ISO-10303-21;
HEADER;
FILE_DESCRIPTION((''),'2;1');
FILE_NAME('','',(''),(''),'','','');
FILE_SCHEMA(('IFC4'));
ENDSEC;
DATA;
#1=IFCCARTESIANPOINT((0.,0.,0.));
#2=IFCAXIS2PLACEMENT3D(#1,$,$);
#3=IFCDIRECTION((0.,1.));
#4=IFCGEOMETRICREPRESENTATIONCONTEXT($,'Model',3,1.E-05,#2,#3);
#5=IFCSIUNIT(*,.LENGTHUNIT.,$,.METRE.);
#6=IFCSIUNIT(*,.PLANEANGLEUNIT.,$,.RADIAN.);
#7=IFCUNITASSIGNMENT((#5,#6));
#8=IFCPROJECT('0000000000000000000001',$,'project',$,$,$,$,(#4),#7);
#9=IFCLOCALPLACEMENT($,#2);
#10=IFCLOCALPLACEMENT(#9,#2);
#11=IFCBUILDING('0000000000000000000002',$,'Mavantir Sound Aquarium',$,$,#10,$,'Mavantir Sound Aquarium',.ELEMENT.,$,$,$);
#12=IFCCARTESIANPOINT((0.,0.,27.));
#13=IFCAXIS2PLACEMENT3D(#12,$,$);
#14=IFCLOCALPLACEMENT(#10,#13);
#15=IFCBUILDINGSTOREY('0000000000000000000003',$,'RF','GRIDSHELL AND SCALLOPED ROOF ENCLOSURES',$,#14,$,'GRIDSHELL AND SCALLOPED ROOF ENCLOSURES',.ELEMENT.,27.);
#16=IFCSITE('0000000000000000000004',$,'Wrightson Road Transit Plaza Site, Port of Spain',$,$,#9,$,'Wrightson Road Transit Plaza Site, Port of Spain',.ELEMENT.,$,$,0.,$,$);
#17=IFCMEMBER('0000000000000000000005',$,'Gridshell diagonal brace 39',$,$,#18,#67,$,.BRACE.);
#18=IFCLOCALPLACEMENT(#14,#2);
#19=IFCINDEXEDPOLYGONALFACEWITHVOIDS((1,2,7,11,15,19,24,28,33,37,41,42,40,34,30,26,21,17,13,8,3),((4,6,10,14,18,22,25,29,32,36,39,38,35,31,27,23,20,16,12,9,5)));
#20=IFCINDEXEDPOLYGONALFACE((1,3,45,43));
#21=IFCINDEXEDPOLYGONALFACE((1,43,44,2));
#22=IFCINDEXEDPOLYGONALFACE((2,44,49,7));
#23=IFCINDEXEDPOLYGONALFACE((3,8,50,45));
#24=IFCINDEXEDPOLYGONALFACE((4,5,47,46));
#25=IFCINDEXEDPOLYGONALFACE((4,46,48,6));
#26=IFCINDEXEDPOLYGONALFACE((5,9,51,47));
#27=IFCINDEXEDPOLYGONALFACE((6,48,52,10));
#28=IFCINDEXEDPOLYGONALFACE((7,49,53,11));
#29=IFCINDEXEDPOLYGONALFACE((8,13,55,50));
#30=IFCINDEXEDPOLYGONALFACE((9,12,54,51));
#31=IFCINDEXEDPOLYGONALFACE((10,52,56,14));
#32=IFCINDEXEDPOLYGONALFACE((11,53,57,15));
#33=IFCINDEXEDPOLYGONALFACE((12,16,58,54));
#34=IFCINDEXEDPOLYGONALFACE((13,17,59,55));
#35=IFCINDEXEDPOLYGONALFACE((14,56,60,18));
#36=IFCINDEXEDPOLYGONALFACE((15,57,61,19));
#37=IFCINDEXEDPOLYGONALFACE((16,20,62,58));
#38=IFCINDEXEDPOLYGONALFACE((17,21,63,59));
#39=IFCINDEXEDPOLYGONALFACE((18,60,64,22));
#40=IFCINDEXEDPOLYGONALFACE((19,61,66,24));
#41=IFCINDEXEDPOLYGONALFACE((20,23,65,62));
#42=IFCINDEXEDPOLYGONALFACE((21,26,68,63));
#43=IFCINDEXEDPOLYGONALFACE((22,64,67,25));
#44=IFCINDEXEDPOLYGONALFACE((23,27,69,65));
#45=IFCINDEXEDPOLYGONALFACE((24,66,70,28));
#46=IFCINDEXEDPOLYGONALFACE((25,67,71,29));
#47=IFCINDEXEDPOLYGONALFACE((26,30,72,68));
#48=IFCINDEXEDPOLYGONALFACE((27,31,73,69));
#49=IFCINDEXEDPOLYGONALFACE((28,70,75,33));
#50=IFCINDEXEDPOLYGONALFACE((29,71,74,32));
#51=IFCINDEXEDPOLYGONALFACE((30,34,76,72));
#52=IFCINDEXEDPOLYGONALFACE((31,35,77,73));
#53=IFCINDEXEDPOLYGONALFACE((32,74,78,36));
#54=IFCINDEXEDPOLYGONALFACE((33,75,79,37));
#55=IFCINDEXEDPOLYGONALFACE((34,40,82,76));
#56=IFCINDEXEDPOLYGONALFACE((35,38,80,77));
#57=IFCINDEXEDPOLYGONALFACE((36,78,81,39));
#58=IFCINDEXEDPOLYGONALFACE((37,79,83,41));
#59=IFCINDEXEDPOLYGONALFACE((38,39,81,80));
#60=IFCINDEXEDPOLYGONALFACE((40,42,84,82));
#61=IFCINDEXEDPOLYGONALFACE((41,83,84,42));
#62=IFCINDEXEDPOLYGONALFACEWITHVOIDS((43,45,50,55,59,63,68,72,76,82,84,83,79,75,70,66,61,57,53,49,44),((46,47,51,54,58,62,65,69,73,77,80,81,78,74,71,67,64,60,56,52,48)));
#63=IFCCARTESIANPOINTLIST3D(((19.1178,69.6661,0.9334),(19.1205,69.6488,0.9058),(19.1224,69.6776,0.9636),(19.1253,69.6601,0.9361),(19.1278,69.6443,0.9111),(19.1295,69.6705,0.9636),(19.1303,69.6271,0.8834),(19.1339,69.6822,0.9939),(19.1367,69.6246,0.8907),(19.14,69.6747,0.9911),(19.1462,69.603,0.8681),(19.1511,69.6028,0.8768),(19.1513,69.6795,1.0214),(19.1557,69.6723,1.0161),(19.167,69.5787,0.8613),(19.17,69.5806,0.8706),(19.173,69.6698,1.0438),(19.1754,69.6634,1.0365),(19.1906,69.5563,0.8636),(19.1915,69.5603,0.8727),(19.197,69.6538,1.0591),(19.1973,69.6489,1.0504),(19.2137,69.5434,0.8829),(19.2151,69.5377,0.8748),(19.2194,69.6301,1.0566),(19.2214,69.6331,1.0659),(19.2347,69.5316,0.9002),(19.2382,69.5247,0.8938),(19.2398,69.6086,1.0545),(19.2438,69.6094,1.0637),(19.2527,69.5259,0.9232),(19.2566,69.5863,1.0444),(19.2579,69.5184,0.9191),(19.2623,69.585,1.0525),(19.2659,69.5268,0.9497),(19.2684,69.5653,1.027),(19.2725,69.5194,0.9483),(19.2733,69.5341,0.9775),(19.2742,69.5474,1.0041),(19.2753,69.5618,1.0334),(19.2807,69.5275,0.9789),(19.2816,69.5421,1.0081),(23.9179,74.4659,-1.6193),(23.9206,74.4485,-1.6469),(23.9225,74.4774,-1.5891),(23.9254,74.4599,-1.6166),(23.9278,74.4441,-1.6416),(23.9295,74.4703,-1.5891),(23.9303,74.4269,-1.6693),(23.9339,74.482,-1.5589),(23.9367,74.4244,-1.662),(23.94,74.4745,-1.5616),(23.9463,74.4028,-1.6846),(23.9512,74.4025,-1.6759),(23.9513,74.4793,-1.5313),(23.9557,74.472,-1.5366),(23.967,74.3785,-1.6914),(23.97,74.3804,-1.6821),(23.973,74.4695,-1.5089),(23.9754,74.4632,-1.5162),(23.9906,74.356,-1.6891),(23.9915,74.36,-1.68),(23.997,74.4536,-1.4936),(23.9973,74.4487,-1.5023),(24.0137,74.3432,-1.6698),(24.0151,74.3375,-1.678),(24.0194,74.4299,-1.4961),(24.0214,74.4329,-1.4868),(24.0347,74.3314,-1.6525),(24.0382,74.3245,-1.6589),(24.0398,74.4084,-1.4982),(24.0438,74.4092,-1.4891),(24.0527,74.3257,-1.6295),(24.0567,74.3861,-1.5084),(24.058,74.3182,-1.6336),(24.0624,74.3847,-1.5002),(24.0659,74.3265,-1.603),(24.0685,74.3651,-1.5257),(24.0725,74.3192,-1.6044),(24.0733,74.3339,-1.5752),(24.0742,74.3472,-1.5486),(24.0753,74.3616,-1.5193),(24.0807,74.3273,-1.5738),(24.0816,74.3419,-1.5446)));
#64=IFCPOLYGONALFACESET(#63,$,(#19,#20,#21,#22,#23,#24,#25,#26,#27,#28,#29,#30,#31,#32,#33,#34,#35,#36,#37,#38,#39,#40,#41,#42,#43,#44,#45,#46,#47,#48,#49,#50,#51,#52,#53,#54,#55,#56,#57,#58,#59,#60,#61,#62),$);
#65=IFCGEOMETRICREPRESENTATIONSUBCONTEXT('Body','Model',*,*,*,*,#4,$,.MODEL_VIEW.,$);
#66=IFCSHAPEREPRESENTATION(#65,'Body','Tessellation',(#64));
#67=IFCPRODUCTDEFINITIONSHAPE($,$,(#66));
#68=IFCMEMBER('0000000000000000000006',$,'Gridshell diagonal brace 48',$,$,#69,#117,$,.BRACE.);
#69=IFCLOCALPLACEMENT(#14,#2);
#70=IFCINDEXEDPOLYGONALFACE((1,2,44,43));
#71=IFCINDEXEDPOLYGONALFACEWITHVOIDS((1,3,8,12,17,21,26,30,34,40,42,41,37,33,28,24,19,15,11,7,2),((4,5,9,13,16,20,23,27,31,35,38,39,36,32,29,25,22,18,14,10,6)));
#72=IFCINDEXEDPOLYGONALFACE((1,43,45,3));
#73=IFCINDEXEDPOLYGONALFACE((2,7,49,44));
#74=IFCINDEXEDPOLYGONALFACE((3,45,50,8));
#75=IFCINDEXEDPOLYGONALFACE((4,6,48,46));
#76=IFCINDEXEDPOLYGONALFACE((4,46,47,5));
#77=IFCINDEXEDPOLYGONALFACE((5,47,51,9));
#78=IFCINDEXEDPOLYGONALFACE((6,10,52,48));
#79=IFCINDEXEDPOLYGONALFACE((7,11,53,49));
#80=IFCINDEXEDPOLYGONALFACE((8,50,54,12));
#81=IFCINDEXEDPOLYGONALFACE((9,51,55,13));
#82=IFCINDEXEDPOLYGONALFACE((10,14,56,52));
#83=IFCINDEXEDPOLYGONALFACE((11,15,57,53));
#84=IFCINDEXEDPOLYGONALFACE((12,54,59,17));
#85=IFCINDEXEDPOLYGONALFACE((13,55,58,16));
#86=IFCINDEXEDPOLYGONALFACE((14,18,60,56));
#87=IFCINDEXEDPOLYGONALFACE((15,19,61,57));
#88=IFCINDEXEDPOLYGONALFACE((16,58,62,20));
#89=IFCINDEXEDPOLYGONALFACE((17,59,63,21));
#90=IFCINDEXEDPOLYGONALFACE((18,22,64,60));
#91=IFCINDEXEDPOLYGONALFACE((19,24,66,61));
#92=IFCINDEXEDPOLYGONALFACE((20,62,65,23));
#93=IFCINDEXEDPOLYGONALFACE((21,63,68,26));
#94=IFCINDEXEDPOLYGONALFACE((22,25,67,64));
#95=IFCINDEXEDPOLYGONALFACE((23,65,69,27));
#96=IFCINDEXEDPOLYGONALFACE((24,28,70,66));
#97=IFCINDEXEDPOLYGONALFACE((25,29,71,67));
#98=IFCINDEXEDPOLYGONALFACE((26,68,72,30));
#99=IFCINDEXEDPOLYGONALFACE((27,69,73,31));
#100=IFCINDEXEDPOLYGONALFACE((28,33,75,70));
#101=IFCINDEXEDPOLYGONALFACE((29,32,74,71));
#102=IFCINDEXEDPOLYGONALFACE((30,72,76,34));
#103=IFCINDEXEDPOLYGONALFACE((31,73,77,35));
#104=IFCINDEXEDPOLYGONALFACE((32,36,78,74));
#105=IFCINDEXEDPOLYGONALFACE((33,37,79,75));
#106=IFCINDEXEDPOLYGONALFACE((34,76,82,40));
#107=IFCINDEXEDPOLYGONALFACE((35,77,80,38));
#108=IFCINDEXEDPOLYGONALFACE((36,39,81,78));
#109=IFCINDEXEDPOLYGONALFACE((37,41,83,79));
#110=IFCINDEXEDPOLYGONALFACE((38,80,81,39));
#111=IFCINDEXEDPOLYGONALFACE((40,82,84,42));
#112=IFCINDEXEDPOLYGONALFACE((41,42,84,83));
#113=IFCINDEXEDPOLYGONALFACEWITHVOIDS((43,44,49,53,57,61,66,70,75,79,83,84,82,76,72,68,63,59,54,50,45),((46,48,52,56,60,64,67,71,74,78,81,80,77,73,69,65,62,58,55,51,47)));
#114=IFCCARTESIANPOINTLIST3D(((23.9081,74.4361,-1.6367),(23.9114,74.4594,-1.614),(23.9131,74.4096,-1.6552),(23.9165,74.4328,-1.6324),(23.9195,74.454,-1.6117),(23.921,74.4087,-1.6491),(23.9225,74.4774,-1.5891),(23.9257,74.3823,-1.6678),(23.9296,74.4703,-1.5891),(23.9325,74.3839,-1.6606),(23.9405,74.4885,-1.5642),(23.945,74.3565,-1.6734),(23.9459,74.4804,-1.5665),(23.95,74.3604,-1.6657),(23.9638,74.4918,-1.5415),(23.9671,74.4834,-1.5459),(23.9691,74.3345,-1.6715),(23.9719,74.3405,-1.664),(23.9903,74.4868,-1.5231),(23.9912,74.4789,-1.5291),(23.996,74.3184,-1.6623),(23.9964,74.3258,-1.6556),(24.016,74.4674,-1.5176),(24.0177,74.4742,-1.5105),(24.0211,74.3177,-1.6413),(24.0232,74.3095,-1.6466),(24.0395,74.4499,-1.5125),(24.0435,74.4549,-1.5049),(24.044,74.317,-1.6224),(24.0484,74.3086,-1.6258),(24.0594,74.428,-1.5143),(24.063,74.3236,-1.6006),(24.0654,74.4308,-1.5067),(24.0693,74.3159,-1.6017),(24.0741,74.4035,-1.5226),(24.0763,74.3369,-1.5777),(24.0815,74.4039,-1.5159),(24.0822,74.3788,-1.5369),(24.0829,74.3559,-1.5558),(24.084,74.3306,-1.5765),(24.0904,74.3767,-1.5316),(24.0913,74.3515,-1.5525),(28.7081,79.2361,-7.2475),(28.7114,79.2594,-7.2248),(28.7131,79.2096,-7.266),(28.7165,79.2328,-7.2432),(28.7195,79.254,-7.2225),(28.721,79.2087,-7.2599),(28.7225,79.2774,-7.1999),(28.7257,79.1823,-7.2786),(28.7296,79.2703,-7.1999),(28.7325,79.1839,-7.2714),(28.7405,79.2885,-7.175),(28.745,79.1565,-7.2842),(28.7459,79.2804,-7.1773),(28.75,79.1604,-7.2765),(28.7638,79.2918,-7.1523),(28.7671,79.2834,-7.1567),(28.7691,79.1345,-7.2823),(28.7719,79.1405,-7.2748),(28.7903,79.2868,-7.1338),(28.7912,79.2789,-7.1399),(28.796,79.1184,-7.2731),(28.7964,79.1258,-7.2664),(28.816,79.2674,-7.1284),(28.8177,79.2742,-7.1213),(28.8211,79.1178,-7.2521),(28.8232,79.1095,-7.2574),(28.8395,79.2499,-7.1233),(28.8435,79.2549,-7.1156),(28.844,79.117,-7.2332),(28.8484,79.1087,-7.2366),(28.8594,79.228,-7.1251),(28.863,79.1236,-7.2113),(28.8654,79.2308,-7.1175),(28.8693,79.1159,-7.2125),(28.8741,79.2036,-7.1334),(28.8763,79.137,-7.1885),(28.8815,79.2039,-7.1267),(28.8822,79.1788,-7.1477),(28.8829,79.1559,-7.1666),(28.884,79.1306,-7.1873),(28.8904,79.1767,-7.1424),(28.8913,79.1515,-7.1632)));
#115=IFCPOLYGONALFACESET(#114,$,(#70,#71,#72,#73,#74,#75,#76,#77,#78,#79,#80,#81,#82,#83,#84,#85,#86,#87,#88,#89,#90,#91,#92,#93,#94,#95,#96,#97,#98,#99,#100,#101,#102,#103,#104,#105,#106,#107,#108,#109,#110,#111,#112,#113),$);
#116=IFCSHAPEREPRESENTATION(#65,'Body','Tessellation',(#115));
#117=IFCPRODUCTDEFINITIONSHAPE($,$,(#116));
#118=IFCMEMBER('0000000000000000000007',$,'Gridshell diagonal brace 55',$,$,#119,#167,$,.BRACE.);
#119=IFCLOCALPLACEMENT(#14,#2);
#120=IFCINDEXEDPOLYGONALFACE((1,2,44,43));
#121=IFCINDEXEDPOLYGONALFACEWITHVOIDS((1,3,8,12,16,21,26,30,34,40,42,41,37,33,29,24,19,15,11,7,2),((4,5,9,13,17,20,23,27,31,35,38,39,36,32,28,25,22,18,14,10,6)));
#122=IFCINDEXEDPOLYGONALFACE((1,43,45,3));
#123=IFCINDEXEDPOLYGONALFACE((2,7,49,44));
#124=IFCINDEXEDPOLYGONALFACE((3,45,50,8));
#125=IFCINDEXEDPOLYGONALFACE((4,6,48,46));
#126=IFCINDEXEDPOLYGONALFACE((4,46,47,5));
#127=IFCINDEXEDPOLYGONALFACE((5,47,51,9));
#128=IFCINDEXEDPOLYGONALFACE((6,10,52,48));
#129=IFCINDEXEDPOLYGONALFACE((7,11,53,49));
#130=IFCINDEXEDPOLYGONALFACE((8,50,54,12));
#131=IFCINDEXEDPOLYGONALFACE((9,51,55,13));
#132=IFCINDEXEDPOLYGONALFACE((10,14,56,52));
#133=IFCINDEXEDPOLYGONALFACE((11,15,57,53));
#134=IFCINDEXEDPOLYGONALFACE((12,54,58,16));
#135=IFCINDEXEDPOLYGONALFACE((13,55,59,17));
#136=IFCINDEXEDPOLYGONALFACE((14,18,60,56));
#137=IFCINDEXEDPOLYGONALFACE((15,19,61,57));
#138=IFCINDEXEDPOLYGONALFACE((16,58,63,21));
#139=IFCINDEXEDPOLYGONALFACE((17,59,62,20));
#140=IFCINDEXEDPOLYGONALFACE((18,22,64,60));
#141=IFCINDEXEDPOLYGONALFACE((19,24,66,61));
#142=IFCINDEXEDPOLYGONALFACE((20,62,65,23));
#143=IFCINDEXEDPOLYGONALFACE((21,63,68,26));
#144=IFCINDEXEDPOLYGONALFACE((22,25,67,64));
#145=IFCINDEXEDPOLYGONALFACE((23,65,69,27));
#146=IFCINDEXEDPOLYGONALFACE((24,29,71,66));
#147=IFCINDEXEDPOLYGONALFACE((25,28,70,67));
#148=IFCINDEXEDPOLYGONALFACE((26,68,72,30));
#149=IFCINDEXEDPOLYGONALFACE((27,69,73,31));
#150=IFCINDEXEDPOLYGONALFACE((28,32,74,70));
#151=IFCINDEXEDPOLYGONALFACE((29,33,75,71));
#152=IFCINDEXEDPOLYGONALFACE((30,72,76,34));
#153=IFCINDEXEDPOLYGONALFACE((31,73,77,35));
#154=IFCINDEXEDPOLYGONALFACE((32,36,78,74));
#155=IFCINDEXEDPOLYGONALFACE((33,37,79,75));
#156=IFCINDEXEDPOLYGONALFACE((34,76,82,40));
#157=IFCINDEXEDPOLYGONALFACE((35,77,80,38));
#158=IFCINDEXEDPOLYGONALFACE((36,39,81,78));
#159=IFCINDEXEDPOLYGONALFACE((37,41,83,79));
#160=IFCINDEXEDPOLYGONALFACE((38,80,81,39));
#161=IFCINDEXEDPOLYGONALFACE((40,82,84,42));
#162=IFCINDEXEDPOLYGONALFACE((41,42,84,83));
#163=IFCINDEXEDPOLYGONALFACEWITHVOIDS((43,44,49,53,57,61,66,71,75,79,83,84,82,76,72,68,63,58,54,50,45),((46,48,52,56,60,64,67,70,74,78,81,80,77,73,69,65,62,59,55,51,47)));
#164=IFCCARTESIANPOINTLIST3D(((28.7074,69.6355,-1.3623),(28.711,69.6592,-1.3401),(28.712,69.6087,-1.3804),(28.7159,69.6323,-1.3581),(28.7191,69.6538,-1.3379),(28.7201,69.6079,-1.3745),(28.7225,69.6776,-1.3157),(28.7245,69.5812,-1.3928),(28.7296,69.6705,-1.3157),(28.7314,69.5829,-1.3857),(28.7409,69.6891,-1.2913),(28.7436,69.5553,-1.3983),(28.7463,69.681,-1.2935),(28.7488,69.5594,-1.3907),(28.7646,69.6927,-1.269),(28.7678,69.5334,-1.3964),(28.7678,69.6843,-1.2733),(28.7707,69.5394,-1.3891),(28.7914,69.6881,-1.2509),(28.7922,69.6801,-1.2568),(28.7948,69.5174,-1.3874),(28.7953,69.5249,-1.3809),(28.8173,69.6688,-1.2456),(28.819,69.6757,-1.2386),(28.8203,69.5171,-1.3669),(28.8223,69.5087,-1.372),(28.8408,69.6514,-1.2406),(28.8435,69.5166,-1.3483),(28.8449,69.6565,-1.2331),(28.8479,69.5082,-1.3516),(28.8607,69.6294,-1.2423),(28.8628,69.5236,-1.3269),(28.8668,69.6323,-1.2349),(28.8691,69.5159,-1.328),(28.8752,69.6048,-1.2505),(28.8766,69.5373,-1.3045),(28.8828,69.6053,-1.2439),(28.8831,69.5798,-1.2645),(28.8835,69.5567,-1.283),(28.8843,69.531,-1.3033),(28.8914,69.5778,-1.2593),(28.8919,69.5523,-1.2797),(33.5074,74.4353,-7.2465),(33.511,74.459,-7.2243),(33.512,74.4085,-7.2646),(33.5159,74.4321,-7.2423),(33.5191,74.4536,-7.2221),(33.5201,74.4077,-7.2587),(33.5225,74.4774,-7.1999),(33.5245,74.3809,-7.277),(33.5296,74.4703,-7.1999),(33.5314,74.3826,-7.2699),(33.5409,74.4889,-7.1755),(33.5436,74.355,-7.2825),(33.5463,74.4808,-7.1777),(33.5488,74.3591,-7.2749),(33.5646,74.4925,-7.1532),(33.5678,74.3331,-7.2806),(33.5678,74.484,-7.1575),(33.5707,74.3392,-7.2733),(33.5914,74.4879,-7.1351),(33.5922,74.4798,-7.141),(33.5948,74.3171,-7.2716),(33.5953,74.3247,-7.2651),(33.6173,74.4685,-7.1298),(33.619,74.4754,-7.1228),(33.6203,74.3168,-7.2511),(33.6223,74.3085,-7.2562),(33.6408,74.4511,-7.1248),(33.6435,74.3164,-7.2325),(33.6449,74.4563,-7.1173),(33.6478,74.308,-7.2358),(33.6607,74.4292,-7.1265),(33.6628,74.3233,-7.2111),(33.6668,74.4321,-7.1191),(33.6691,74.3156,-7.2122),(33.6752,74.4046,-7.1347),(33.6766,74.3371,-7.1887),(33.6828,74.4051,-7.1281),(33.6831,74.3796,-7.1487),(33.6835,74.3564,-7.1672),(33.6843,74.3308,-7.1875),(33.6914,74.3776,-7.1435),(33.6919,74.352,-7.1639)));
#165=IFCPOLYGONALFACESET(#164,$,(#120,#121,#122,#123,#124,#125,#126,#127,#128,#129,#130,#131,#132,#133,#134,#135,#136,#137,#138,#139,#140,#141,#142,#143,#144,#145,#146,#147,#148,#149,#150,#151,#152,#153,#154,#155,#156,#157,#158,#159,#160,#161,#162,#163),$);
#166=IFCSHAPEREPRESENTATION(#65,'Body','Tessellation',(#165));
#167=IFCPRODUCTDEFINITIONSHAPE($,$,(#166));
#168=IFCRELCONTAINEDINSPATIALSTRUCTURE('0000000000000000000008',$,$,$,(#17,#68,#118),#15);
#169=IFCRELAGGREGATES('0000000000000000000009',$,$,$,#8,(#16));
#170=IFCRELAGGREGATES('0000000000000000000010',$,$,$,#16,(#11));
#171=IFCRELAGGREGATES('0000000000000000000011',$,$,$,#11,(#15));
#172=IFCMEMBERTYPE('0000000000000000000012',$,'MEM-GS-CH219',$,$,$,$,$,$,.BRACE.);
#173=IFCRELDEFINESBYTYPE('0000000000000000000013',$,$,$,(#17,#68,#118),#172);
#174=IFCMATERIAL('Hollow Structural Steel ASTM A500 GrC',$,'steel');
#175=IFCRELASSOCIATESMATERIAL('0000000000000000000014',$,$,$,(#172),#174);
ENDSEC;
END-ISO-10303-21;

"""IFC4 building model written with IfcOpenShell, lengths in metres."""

from ifc_helpers import new_model, si_unit, direction, frame, origin, origin_2d, place, context, subcontext, project, spatial, hollow_circle, extrude, material, material_profile, profile_set, type_object, element, save


model = new_model("IFC4")

# Units and contexts
model_context = context("Model", 3, precision=1e-05, world=origin(), true_north=direction((0.0, 1.0)))
body_context = subcontext(model_context, "Body", "Model", "MODEL_VIEW")
ifc_project = project(units=[si_unit("LENGTHUNIT", "METRE"), si_unit("PLANEANGLEUNIT", "RADIAN")], contexts=[model_context])

# Site, building, storey
site_placement = place(None, origin())
site = spatial("IfcSite", under=ifc_project, at=site_placement, Name="Wrightson Road Transit Plaza Site, Port of Spain", LongName="Wrightson Road Transit Plaza Site, Port of Spain", CompositionType="ELEMENT", RefElevation=0.0)
building_placement = place(site_placement, origin())
building = spatial("IfcBuilding", under=site, at=building_placement, Name="Mavantir Sound Aquarium", LongName="Mavantir Sound Aquarium", CompositionType="ELEMENT")
storey_placement = place(building_placement, frame((0.0, 0.0, 27.0)))
storey = spatial("IfcBuildingStorey", under=building, at=storey_placement, Name="RF", Description="GRIDSHELL AND SCALLOPED ROOF ENCLOSURES", LongName="GRIDSHELL AND SCALLOPED ROOF ENCLOSURES", CompositionType="ELEMENT", Elevation=27.0)

# Shared definitions
ifc_material_1 = material(Name="Hollow Structural Steel ASTM A500 GrC", Category="steel")

# Members
ifc_material_profile_1 = material_profile(ifc_material_1, hollow_circle(Radius=0.1096, WallThickness=0.01, at=origin_2d()), Name="CHS 219.1X10")
ifc_profile_set_1 = profile_set([ifc_material_profile_1], Name="Hollow Structural Steel ASTM A500 GrC")
member_type_1 = type_object("IfcMemberType", Name="MEM-GS-CH219", PredefinedType="BRACE", material=ifc_profile_set_1)
member_1_placement = place(storey_placement, frame((19.2, 69.6001, 0.9636), z_axis=(0.661871, 0.661837, -0.351992), x_axis=(-0.707089, 0.707125, 0.0)))
element("IfcMember", 1, at=member_1_placement, inside=storey, type_object=member_type_1, Name="Gridshell diagonal brace 39", PredefinedType="BRACE", context=body_context, shape_type="SweptSolid", body=[
    extrude(hollow_circle(Radius=0.1096, WallThickness=0.01, at=origin_2d()), origin(), (0.0, 0.0, 1.0), 7.2522),
])
member_2_placement = place(storey_placement, frame((24.0, 74.3999, -1.5891), z_axis=(0.545029, 0.545029, -0.637092), x_axis=(-0.707107, 0.707107, 0.0)))
element("IfcMember", 2, at=member_2_placement, inside=storey, type_object=member_type_1, Name="Gridshell diagonal brace 48", PredefinedType="BRACE", context=body_context, shape_type="SweptSolid", body=[
    extrude(hollow_circle(Radius=0.1096, WallThickness=0.01, at=origin_2d()), origin(), (0.0, 0.0, 1.0), 8.8069),
])
member_3_placement = place(storey_placement, frame((28.8, 69.6001, -1.3157), z_axis=(0.534318, 0.534291, -0.655009), x_axis=(-0.707089, 0.707125, 0.0)))
element("IfcMember", 3, at=member_3_placement, inside=storey, type_object=member_type_1, Name="Gridshell diagonal brace 55", PredefinedType="BRACE", context=body_context, shape_type="SweptSolid", body=[
    extrude(hollow_circle(Radius=0.1096, WallThickness=0.01, at=origin_2d()), origin(), (0.0, 0.0, 1.0), 8.9834),
])

save(model, "model.ifc")
